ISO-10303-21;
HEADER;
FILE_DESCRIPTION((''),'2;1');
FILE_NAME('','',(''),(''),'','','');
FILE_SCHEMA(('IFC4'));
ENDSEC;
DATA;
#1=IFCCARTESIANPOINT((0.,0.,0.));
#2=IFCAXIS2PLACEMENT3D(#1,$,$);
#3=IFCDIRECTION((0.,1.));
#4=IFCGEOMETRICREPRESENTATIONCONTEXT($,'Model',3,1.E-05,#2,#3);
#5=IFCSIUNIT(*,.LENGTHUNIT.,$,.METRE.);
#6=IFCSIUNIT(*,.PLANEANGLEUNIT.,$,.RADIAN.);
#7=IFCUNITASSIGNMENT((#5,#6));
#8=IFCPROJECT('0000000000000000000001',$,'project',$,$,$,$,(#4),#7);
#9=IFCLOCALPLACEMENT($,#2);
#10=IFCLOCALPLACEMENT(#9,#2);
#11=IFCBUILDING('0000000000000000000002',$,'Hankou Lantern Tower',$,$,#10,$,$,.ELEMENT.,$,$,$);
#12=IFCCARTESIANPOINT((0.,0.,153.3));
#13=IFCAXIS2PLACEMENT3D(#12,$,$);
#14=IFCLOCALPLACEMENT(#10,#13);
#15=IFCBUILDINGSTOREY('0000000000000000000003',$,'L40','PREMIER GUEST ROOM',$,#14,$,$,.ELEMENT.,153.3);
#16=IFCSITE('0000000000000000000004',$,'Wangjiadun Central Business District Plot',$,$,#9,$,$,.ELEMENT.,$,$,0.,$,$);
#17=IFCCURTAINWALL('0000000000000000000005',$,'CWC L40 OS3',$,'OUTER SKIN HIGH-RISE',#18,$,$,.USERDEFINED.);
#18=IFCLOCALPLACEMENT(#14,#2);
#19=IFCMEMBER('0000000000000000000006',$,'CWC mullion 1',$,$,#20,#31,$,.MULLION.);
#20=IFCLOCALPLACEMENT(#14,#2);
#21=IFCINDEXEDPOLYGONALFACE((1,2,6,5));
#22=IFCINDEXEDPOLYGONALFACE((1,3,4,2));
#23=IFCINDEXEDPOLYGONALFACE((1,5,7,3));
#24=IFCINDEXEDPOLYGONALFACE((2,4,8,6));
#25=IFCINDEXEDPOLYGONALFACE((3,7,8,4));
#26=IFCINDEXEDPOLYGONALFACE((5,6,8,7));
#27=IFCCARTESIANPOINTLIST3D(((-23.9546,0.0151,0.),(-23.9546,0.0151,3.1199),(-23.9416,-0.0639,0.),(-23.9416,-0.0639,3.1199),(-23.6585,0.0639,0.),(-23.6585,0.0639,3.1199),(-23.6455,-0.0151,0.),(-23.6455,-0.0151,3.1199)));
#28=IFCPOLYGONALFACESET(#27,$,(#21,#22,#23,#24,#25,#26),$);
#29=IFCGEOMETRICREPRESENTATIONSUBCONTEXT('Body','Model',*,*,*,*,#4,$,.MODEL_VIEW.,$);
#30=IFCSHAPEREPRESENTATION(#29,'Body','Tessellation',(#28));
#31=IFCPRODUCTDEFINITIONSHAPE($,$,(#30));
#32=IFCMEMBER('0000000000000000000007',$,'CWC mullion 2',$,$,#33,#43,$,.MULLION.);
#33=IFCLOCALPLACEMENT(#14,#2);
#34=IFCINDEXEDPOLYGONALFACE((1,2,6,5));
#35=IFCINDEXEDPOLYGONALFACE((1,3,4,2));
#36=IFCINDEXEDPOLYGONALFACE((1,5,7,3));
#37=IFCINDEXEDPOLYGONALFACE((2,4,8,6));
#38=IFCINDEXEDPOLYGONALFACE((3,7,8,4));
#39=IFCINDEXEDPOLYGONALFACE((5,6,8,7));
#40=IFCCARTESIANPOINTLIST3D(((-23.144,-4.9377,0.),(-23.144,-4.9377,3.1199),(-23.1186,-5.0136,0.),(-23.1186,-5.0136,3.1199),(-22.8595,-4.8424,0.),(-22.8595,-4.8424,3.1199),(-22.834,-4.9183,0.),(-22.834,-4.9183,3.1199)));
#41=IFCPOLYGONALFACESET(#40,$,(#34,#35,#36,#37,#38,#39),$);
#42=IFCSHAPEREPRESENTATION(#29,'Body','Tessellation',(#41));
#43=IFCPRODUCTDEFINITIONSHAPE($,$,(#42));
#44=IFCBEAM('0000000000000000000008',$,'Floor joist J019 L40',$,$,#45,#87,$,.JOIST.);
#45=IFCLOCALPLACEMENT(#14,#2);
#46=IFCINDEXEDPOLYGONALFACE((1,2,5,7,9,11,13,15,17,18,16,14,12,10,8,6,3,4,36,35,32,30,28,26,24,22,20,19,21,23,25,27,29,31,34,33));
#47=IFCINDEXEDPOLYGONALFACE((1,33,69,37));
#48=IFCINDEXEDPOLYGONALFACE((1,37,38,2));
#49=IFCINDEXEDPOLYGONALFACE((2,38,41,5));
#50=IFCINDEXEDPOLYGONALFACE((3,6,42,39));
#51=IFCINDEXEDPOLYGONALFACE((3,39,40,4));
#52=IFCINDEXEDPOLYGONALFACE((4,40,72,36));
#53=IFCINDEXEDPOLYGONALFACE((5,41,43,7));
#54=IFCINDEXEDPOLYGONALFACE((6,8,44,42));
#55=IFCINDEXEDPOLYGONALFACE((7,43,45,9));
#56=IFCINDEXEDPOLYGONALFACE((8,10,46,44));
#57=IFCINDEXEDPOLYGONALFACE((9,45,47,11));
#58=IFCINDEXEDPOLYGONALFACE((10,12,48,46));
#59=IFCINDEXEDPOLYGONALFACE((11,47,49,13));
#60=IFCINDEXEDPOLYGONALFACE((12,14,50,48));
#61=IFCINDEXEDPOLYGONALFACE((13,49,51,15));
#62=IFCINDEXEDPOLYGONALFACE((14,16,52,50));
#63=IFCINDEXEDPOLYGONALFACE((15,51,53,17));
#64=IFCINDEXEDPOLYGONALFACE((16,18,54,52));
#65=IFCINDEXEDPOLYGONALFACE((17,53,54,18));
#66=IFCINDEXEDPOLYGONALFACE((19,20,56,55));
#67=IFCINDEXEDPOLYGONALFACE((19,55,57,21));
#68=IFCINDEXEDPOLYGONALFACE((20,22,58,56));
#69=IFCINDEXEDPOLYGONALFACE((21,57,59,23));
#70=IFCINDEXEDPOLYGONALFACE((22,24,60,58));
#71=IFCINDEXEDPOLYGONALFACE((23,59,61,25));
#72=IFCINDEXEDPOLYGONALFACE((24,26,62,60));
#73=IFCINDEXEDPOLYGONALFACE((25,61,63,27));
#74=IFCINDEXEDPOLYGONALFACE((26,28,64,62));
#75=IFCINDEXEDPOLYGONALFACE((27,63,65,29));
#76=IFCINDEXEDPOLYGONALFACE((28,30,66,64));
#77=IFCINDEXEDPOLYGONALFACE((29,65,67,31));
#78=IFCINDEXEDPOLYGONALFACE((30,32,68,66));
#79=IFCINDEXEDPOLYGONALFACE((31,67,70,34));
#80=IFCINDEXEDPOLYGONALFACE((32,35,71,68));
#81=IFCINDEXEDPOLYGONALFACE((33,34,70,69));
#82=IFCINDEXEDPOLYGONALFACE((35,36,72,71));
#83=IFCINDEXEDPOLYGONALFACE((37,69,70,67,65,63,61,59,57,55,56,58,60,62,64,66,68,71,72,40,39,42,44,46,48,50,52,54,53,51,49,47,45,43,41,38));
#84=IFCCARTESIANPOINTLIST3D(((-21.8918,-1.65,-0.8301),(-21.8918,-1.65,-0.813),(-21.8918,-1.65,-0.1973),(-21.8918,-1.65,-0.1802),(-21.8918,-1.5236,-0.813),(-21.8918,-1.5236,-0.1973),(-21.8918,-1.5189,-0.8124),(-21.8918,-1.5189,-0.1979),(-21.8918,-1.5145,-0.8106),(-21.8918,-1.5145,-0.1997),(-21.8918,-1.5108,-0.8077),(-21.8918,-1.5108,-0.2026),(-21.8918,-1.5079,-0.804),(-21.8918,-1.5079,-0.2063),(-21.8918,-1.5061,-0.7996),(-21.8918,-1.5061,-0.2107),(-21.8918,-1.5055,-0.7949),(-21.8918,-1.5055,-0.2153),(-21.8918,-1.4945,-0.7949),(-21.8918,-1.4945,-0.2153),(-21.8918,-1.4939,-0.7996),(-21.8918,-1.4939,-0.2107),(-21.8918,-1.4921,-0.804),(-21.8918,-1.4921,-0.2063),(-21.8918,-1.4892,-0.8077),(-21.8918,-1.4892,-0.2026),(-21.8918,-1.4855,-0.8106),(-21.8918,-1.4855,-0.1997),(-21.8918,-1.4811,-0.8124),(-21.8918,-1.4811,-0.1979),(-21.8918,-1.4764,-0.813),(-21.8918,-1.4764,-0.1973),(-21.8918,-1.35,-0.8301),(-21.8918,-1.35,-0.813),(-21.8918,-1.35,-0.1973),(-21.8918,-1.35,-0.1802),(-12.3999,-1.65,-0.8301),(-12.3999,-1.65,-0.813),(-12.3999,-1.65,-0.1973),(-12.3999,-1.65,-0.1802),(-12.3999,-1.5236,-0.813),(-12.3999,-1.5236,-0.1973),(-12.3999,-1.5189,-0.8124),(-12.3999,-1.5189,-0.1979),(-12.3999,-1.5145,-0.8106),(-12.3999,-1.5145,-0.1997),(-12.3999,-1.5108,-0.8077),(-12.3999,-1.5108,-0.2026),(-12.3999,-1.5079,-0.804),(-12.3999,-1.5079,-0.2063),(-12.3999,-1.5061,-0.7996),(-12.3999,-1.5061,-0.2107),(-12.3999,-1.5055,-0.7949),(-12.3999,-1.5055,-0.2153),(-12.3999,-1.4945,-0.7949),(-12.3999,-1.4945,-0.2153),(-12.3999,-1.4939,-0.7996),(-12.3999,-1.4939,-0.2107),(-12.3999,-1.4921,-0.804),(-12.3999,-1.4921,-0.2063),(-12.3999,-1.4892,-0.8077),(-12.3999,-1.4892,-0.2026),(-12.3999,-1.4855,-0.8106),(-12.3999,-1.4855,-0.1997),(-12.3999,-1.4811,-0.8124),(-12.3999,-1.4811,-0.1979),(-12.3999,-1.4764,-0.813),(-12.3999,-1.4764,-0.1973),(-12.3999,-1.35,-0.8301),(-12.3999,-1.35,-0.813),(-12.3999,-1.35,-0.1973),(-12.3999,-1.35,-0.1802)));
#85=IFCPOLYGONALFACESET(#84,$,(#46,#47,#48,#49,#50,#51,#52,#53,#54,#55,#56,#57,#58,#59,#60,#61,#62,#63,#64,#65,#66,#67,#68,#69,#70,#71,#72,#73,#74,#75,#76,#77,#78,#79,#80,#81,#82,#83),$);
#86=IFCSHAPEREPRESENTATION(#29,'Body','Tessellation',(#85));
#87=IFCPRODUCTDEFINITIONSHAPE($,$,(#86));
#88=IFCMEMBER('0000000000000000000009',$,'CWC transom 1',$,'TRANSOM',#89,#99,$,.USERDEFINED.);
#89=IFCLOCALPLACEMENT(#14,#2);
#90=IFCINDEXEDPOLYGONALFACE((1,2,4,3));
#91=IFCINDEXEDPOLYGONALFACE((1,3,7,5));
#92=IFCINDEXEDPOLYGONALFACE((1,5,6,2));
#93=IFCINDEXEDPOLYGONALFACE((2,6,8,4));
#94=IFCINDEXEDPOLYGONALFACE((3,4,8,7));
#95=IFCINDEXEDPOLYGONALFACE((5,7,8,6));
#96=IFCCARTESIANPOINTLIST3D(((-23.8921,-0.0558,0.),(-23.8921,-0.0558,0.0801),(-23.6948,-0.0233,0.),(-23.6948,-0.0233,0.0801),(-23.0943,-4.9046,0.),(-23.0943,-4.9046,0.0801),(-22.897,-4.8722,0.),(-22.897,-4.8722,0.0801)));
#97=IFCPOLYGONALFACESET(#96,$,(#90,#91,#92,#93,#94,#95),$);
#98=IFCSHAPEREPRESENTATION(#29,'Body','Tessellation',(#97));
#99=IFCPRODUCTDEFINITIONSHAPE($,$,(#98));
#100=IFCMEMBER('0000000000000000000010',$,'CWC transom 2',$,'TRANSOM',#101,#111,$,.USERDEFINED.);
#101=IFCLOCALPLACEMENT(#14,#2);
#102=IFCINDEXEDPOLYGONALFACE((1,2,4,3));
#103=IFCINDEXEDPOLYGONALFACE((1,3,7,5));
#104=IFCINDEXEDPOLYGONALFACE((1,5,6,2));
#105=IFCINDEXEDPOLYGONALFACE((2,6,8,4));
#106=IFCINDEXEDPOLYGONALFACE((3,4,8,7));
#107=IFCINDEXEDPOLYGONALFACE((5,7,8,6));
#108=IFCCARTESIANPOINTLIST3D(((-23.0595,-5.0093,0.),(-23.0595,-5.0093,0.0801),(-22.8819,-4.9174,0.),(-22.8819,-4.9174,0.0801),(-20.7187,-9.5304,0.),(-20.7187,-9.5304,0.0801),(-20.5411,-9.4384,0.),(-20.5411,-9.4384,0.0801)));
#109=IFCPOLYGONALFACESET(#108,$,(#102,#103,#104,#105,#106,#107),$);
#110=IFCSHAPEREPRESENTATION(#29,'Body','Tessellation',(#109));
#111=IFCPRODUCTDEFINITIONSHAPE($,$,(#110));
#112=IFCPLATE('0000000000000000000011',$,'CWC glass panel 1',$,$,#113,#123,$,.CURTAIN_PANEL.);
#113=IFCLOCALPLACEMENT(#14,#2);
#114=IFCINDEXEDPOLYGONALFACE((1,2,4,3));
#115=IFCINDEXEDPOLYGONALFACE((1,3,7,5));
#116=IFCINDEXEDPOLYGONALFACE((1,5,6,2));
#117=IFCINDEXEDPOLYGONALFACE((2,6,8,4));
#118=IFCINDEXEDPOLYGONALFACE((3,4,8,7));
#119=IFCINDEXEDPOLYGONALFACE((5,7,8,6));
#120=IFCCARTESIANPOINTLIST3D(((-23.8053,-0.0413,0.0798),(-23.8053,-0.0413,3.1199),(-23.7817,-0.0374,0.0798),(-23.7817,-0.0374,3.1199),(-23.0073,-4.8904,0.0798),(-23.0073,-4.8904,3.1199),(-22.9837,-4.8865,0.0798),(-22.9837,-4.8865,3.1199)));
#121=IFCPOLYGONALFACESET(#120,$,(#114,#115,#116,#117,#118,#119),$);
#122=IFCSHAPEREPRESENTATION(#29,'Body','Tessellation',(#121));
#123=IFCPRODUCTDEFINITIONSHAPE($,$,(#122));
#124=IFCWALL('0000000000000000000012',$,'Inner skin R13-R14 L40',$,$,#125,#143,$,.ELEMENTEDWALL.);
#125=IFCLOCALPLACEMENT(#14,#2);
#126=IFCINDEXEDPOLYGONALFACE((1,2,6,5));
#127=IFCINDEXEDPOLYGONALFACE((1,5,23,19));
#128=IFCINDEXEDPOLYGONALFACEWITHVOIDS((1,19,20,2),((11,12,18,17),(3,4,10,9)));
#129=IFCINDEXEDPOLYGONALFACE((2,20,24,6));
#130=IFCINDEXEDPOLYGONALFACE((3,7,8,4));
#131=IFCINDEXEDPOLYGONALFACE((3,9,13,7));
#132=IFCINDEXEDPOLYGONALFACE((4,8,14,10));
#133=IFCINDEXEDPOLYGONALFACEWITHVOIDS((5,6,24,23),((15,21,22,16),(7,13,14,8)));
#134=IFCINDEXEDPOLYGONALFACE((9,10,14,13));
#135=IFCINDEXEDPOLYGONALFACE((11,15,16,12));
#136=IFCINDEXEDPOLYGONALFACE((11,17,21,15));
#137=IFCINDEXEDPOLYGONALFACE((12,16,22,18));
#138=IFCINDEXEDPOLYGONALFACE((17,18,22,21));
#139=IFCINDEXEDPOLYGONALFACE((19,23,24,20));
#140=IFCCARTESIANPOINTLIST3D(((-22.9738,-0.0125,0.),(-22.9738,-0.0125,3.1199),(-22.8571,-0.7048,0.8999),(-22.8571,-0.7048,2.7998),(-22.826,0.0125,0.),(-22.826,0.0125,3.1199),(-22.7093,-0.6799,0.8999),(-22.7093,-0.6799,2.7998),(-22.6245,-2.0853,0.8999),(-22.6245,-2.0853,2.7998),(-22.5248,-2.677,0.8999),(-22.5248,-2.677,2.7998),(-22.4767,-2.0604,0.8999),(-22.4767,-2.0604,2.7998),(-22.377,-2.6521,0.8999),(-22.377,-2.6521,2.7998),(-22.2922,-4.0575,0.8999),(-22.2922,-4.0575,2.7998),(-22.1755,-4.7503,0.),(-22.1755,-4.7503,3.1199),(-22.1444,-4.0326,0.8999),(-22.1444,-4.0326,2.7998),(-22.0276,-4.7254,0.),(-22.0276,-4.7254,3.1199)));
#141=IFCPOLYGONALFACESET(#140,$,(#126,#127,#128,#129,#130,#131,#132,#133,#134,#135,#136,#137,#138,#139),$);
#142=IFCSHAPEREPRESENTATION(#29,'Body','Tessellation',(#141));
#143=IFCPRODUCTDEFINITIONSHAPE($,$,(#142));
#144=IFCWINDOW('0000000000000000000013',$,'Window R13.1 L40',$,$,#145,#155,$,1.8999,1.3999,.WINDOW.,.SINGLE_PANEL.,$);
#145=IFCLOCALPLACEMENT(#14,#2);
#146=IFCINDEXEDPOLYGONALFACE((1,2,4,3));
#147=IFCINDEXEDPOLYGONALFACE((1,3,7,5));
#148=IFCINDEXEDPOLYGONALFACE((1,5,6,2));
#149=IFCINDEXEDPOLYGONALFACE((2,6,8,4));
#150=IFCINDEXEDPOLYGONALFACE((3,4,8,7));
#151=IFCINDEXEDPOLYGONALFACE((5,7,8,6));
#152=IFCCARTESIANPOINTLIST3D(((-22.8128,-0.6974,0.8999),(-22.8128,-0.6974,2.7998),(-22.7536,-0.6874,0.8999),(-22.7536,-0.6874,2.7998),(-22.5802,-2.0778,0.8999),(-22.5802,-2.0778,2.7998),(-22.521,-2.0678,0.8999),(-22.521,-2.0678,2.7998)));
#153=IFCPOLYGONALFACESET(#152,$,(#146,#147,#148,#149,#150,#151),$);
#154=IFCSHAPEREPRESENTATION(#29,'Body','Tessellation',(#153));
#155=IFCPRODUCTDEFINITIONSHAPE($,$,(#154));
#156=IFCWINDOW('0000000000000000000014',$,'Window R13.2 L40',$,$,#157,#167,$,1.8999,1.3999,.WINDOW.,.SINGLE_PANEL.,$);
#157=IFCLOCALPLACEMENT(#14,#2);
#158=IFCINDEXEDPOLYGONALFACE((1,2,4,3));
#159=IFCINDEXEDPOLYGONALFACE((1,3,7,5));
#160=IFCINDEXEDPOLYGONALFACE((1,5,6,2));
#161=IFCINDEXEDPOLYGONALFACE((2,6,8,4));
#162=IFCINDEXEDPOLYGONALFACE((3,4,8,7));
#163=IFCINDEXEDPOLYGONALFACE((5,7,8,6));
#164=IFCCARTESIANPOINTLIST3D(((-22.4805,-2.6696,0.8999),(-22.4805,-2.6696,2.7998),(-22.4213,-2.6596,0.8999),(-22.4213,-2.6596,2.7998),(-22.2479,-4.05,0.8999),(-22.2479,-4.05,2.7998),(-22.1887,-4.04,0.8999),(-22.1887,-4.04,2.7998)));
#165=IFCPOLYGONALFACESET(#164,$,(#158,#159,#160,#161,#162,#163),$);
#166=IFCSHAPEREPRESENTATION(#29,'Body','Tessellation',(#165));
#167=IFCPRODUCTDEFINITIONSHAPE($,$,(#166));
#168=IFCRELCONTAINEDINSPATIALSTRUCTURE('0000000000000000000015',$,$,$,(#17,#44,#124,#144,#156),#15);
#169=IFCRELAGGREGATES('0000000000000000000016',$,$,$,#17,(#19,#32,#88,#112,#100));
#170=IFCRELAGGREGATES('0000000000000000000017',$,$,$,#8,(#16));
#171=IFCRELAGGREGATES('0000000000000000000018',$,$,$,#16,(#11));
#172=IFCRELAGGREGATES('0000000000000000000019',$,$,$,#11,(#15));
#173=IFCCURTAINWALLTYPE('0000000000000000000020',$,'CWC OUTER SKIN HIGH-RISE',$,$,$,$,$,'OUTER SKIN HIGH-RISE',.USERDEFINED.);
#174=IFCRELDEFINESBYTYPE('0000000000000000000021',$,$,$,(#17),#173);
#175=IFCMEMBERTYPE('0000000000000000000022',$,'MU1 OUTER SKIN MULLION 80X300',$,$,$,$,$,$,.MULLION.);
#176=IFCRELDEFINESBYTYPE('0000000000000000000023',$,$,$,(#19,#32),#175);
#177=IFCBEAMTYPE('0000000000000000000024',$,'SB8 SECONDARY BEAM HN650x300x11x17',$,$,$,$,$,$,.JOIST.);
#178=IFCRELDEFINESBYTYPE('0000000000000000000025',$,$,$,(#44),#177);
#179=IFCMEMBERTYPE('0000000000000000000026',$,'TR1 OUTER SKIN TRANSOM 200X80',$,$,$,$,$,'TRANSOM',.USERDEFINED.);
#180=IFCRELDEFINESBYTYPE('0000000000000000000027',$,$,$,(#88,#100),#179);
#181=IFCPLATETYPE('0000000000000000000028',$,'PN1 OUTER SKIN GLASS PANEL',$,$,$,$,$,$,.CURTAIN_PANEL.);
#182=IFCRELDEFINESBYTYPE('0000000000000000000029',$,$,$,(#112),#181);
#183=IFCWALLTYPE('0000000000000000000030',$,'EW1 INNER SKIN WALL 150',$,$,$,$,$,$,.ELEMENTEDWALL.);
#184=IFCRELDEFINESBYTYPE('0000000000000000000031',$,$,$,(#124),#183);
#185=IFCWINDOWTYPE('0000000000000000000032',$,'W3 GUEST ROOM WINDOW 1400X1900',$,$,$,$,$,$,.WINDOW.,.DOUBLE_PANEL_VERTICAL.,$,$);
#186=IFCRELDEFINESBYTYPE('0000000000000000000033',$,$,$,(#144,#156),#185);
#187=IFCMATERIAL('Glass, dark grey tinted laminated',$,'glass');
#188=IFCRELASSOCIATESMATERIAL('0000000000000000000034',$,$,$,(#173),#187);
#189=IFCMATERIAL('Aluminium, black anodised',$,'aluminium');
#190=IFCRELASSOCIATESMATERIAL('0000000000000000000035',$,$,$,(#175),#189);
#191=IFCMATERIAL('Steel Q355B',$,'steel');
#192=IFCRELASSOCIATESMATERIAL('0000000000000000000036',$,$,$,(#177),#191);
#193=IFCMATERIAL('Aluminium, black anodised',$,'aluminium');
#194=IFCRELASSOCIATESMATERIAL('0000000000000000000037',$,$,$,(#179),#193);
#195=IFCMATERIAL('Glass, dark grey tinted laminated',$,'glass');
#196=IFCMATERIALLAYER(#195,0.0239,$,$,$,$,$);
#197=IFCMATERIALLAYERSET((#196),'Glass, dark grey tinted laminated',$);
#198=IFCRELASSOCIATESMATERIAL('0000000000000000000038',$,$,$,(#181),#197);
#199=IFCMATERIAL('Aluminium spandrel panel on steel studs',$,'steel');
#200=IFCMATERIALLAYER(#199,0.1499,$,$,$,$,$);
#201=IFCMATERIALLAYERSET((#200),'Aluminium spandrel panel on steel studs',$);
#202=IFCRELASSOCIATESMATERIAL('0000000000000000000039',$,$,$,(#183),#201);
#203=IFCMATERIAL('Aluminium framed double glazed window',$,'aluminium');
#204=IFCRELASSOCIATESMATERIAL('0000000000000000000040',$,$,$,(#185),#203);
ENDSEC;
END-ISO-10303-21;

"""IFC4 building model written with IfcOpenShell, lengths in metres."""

from ifc_helpers import new_model, si_unit, direction, frame, frame_2d, origin, origin_2d, place, context, subcontext, project, spatial, rectangle, i_section, extrude, material, layer, layer_set, material_profile, profile_set, type_object, element, fill, aggregate, save


model = new_model("IFC4")

# Units and contexts
model_context = context("Model", 3, precision=1e-05, world=origin(), true_north=direction((0.0, 1.0)))
body_context = subcontext(model_context, "Body", "Model", "MODEL_VIEW")
ifc_project = project(units=[si_unit("LENGTHUNIT", "METRE"), si_unit("PLANEANGLEUNIT", "RADIAN")], contexts=[model_context])

# Site, building, storey
site_placement = place(None, origin())
site = spatial("IfcSite", under=ifc_project, at=site_placement, Name="Wangjiadun Central Business District Plot", CompositionType="ELEMENT", RefElevation=0.0)
building_placement = place(site_placement, origin())
building = spatial("IfcBuilding", under=site, at=building_placement, Name="Hankou Lantern Tower", CompositionType="ELEMENT")
storey_placement = place(building_placement, frame((0.0, 0.0, 153.3)))
storey = spatial("IfcBuildingStorey", under=building, at=storey_placement, Name="L40", Description="PREMIER GUEST ROOM", CompositionType="ELEMENT", Elevation=153.3)

# Curtain wall, members
ifc_material_1 = material(Name="Glass, dark grey tinted laminated", Category="glass")
curtain_wall_type = type_object("IfcCurtainWallType", Name="CWC OUTER SKIN HIGH-RISE", ElementType="OUTER SKIN HIGH-RISE", PredefinedType="USERDEFINED", material=ifc_material_1)
curtain_wall_placement = place(storey_placement, origin())
curtain_wall = element("IfcCurtainWall", 1, at=curtain_wall_placement, inside=storey, type_object=curtain_wall_type, Name="CWC L40 OS3", ObjectType="OUTER SKIN HIGH-RISE", PredefinedType="USERDEFINED")
ifc_material_2 = material(Name="Aluminium, black anodised", Category="aluminium")
ifc_material_profile_1 = material_profile(ifc_material_2, rectangle(XDim=0.0801, YDim=0.3, at=origin_2d()), Name="MU1 80X300")
ifc_profile_set_1 = profile_set([ifc_material_profile_1], Name="Aluminium, black anodised")
member_type_1 = type_object("IfcMemberType", Name="MU1 OUTER SKIN MULLION 80X300", PredefinedType="MULLION", material=ifc_profile_set_1)
member_1_placement = place(storey_placement, frame((-23.8, 0.0, 0.0), z_axis=(0.0, 0.0, 1.0), x_axis=(0.162382, -0.986728, 0.0)))
member_1 = element("IfcMember", 2, at=member_1_placement, type_object=member_type_1, Name="CWC mullion 1", PredefinedType="MULLION", context=body_context, shape_type="SweptSolid", body=[
    extrude(rectangle(XDim=0.0801, YDim=0.3, at=origin_2d()), origin(), (0.0, 0.0, 1.0), 3.1199),
])
member_2_placement = place(storey_placement, frame((-22.989, -4.928, 0.0), z_axis=(0.0, 0.0, 1.0), x_axis=(0.317596, -0.948226, 0.0)))
member_2 = element("IfcMember", 3, at=member_2_placement, type_object=member_type_1, Name="CWC mullion 2", PredefinedType="MULLION", context=body_context, shape_type="SweptSolid", body=[
    extrude(rectangle(XDim=0.0801, YDim=0.3, at=origin_2d()), origin(), (0.0, 0.0, 1.0), 3.1199),
])

# Beam
ifc_material_3 = material(Name="Steel Q355B", Category="steel")
ifc_material_profile_2 = material_profile(ifc_material_3, i_section(OverallWidth=0.3, OverallDepth=0.6499, WebThickness=0.011, FlangeThickness=0.0171, FilletRadius=0.0181, at=origin_2d()), Name="HN650x300x11x17")
ifc_profile_set_2 = profile_set([ifc_material_profile_2], Name="Steel Q355B")
beam_type_1 = type_object("IfcBeamType", Name="SB8 SECONDARY BEAM HN650x300x11x17", PredefinedType="JOIST", material=ifc_profile_set_2)
beam_1_placement = place(storey_placement, frame((-21.8918, -1.5, -0.5051), z_axis=(1.0, 0.0, 0.0), x_axis=(0.0, 1.0, 0.0)))
element("IfcBeam", 4, at=beam_1_placement, inside=storey, type_object=beam_type_1, Name="Floor joist J019 L40", PredefinedType="JOIST", context=body_context, shape_type="SweptSolid", body=[
    extrude(i_section(OverallWidth=0.3, OverallDepth=0.6499, WebThickness=0.011, FlangeThickness=0.0171, FilletRadius=0.0181, at=origin_2d()), origin(), (0.0, 0.0, 1.0), 9.4919),
])

# Members
ifc_material_4 = material(Name="Aluminium, black anodised", Category="aluminium")
ifc_material_profile_3 = material_profile(ifc_material_4, rectangle(XDim=0.2, YDim=0.0801, at=origin_2d()), Name="TR1 200X80")
ifc_profile_set_3 = profile_set([ifc_material_profile_3], Name="Aluminium, black anodised")
member_type_2 = type_object("IfcMemberType", Name="TR1 OUTER SKIN TRANSOM 200X80", ElementType="TRANSOM", PredefinedType="USERDEFINED", material=ifc_profile_set_3)
member_3_placement = place(storey_placement, frame((-23.7935, -0.0396, 0.04), z_axis=(0.16236, -0.986732, 0.0), x_axis=(0.986732, 0.16236, 0.0)))
member_3 = element("IfcMember", 5, at=member_3_placement, type_object=member_type_2, Name="CWC transom 1", ObjectType="TRANSOM", PredefinedType="USERDEFINED", context=body_context, shape_type="SweptSolid", body=[
    extrude(rectangle(XDim=0.2, YDim=0.0801, at=origin_2d()), origin(), (0.0, 0.0, 1.0), 4.9141),
])
member_4_placement = place(storey_placement, frame((-22.9707, -4.9634, 0.04), z_axis=(0.459791, -0.888027, 0.0), x_axis=(0.888027, 0.459791, 0.0)))
member_4 = element("IfcMember", 6, at=member_4_placement, type_object=member_type_2, Name="CWC transom 2", ObjectType="TRANSOM", PredefinedType="USERDEFINED", context=body_context, shape_type="SweptSolid", body=[
    extrude(rectangle(XDim=0.2, YDim=0.0801, at=origin_2d()), origin(), (0.0, 0.0, 1.0), 5.0911),
])

# Plate
ifc_material_5 = material(Name="Glass, dark grey tinted laminated", Category="glass")
ifc_layer_1 = layer(ifc_material_5, 0.0239)
ifc_layer_set_1 = layer_set([ifc_layer_1], Name="Glass, dark grey tinted laminated")
plate_type = type_object("IfcPlateType", Name="PN1 OUTER SKIN GLASS PANEL", PredefinedType="CURTAIN_PANEL", material=ifc_layer_set_1)
plate_placement = place(storey_placement, frame((-23.3945, -2.4639, 0.0798), z_axis=(0.0, 0.0, 1.0), x_axis=(0.162382, -0.986728, 0.0)))
plate = element("IfcPlate", 7, at=plate_placement, type_object=plate_type, Name="CWC glass panel 1", PredefinedType="CURTAIN_PANEL", context=body_context, shape_type="SweptSolid", body=[
    extrude(rectangle(XDim=4.9143, YDim=0.0239, at=origin_2d()), origin(), (0.0, 0.0, 1.0), 3.04),
])
aggregate(curtain_wall, [member_1, member_2, member_3, plate, member_4])

# Wall, openings, windows
ifc_material_6 = material(Name="Aluminium spandrel panel on steel studs", Category="steel")
ifc_layer_2 = layer(ifc_material_6, 0.1499)
ifc_layer_set_2 = layer_set([ifc_layer_2], Name="Aluminium spandrel panel on steel studs")
wall_type_1 = type_object("IfcWallType", Name="EW1 INNER SKIN WALL 150", PredefinedType="ELEMENTEDWALL", material=ifc_layer_set_2)
wall_1_placement = place(storey_placement, frame((-22.8999, 0.0, 0.0), z_axis=(0.0, 0.0, 1.0), x_axis=(0.166162, -0.986098, 0.0)))
wall_1 = element("IfcWall", 8, at=wall_1_placement, inside=storey, type_object=wall_type_1, Name="Inner skin R13-R14 L40", PredefinedType="ELEMENTEDWALL", context=body_context, shape_type="SweptSolid", body=[
    extrude(rectangle(XDim=4.8047, YDim=0.1499, at=frame_2d((2.4023, 0.0))), origin(), (0.0, 0.0, 1.0), 3.1199),
])
opening_1_placement = place(wall_1_placement, frame((0.7021, 0.0, 0.8999)))
opening_1 = element("IfcOpeningElement", 9, at=opening_1_placement, cuts=wall_1, PredefinedType="OPENING", context=body_context, shape_type="SweptSolid", body=[
    extrude(rectangle(XDim=1.3999, YDim=1.8999, at=frame_2d((0.7, 0.95))), frame((0.0, 0.085, 0.0), z_axis=(0.0, -1.0, 0.0), x_axis=(1.0, 0.0, 0.0)), (0.0, 0.0, 1.0), 0.1699),
])
opening_2_placement = place(wall_1_placement, frame((2.7021, 0.0, 0.8999)))
opening_2 = element("IfcOpeningElement", 10, at=opening_2_placement, cuts=wall_1, PredefinedType="OPENING", context=body_context, shape_type="SweptSolid", body=[
    extrude(rectangle(XDim=1.3999, YDim=1.8999, at=frame_2d((0.7, 0.95))), frame((0.0, 0.085, 0.0), z_axis=(0.0, -1.0, 0.0), x_axis=(1.0, 0.0, 0.0)), (0.0, 0.0, 1.0), 0.1699),
])
ifc_material_7 = material(Name="Aluminium framed double glazed window", Category="aluminium")
window_type = type_object("IfcWindowType", Name="W3 GUEST ROOM WINDOW 1400X1900", PartitioningType="DOUBLE_PANEL_VERTICAL", PredefinedType="WINDOW", material=ifc_material_7)
window_1_placement = place(opening_1_placement, origin())
window_1 = element("IfcWindow", 11, at=window_1_placement, inside=storey, type_object=window_type, Name="Window R13.1 L40", OverallHeight=1.8999, OverallWidth=1.3999, PartitioningType="SINGLE_PANEL", PredefinedType="WINDOW", context=body_context, shape_type="SweptSolid", body=[
    extrude(rectangle(XDim=1.3999, YDim=1.8999, at=frame_2d((0.7, 0.95))), frame((0.0, 0.03, 0.0), z_axis=(0.0, -1.0, 0.0), x_axis=(1.0, 0.0, 0.0)), (0.0, 0.0, 1.0), 0.0601),
])
fill(opening_1, window_1)
window_2_placement = place(opening_2_placement, origin())
window_2 = element("IfcWindow", 12, at=window_2_placement, inside=storey, type_object=window_type, Name="Window R13.2 L40", OverallHeight=1.8999, OverallWidth=1.3999, PartitioningType="SINGLE_PANEL", PredefinedType="WINDOW", context=body_context, shape_type="SweptSolid", body=[
    extrude(rectangle(XDim=1.3999, YDim=1.8999, at=frame_2d((0.7, 0.95))), frame((0.0, 0.03, 0.0), z_axis=(0.0, -1.0, 0.0), x_axis=(1.0, 0.0, 0.0)), (0.0, 0.0, 1.0), 0.0601),
])
fill(opening_2, window_2)

save(model, "model.ifc")
